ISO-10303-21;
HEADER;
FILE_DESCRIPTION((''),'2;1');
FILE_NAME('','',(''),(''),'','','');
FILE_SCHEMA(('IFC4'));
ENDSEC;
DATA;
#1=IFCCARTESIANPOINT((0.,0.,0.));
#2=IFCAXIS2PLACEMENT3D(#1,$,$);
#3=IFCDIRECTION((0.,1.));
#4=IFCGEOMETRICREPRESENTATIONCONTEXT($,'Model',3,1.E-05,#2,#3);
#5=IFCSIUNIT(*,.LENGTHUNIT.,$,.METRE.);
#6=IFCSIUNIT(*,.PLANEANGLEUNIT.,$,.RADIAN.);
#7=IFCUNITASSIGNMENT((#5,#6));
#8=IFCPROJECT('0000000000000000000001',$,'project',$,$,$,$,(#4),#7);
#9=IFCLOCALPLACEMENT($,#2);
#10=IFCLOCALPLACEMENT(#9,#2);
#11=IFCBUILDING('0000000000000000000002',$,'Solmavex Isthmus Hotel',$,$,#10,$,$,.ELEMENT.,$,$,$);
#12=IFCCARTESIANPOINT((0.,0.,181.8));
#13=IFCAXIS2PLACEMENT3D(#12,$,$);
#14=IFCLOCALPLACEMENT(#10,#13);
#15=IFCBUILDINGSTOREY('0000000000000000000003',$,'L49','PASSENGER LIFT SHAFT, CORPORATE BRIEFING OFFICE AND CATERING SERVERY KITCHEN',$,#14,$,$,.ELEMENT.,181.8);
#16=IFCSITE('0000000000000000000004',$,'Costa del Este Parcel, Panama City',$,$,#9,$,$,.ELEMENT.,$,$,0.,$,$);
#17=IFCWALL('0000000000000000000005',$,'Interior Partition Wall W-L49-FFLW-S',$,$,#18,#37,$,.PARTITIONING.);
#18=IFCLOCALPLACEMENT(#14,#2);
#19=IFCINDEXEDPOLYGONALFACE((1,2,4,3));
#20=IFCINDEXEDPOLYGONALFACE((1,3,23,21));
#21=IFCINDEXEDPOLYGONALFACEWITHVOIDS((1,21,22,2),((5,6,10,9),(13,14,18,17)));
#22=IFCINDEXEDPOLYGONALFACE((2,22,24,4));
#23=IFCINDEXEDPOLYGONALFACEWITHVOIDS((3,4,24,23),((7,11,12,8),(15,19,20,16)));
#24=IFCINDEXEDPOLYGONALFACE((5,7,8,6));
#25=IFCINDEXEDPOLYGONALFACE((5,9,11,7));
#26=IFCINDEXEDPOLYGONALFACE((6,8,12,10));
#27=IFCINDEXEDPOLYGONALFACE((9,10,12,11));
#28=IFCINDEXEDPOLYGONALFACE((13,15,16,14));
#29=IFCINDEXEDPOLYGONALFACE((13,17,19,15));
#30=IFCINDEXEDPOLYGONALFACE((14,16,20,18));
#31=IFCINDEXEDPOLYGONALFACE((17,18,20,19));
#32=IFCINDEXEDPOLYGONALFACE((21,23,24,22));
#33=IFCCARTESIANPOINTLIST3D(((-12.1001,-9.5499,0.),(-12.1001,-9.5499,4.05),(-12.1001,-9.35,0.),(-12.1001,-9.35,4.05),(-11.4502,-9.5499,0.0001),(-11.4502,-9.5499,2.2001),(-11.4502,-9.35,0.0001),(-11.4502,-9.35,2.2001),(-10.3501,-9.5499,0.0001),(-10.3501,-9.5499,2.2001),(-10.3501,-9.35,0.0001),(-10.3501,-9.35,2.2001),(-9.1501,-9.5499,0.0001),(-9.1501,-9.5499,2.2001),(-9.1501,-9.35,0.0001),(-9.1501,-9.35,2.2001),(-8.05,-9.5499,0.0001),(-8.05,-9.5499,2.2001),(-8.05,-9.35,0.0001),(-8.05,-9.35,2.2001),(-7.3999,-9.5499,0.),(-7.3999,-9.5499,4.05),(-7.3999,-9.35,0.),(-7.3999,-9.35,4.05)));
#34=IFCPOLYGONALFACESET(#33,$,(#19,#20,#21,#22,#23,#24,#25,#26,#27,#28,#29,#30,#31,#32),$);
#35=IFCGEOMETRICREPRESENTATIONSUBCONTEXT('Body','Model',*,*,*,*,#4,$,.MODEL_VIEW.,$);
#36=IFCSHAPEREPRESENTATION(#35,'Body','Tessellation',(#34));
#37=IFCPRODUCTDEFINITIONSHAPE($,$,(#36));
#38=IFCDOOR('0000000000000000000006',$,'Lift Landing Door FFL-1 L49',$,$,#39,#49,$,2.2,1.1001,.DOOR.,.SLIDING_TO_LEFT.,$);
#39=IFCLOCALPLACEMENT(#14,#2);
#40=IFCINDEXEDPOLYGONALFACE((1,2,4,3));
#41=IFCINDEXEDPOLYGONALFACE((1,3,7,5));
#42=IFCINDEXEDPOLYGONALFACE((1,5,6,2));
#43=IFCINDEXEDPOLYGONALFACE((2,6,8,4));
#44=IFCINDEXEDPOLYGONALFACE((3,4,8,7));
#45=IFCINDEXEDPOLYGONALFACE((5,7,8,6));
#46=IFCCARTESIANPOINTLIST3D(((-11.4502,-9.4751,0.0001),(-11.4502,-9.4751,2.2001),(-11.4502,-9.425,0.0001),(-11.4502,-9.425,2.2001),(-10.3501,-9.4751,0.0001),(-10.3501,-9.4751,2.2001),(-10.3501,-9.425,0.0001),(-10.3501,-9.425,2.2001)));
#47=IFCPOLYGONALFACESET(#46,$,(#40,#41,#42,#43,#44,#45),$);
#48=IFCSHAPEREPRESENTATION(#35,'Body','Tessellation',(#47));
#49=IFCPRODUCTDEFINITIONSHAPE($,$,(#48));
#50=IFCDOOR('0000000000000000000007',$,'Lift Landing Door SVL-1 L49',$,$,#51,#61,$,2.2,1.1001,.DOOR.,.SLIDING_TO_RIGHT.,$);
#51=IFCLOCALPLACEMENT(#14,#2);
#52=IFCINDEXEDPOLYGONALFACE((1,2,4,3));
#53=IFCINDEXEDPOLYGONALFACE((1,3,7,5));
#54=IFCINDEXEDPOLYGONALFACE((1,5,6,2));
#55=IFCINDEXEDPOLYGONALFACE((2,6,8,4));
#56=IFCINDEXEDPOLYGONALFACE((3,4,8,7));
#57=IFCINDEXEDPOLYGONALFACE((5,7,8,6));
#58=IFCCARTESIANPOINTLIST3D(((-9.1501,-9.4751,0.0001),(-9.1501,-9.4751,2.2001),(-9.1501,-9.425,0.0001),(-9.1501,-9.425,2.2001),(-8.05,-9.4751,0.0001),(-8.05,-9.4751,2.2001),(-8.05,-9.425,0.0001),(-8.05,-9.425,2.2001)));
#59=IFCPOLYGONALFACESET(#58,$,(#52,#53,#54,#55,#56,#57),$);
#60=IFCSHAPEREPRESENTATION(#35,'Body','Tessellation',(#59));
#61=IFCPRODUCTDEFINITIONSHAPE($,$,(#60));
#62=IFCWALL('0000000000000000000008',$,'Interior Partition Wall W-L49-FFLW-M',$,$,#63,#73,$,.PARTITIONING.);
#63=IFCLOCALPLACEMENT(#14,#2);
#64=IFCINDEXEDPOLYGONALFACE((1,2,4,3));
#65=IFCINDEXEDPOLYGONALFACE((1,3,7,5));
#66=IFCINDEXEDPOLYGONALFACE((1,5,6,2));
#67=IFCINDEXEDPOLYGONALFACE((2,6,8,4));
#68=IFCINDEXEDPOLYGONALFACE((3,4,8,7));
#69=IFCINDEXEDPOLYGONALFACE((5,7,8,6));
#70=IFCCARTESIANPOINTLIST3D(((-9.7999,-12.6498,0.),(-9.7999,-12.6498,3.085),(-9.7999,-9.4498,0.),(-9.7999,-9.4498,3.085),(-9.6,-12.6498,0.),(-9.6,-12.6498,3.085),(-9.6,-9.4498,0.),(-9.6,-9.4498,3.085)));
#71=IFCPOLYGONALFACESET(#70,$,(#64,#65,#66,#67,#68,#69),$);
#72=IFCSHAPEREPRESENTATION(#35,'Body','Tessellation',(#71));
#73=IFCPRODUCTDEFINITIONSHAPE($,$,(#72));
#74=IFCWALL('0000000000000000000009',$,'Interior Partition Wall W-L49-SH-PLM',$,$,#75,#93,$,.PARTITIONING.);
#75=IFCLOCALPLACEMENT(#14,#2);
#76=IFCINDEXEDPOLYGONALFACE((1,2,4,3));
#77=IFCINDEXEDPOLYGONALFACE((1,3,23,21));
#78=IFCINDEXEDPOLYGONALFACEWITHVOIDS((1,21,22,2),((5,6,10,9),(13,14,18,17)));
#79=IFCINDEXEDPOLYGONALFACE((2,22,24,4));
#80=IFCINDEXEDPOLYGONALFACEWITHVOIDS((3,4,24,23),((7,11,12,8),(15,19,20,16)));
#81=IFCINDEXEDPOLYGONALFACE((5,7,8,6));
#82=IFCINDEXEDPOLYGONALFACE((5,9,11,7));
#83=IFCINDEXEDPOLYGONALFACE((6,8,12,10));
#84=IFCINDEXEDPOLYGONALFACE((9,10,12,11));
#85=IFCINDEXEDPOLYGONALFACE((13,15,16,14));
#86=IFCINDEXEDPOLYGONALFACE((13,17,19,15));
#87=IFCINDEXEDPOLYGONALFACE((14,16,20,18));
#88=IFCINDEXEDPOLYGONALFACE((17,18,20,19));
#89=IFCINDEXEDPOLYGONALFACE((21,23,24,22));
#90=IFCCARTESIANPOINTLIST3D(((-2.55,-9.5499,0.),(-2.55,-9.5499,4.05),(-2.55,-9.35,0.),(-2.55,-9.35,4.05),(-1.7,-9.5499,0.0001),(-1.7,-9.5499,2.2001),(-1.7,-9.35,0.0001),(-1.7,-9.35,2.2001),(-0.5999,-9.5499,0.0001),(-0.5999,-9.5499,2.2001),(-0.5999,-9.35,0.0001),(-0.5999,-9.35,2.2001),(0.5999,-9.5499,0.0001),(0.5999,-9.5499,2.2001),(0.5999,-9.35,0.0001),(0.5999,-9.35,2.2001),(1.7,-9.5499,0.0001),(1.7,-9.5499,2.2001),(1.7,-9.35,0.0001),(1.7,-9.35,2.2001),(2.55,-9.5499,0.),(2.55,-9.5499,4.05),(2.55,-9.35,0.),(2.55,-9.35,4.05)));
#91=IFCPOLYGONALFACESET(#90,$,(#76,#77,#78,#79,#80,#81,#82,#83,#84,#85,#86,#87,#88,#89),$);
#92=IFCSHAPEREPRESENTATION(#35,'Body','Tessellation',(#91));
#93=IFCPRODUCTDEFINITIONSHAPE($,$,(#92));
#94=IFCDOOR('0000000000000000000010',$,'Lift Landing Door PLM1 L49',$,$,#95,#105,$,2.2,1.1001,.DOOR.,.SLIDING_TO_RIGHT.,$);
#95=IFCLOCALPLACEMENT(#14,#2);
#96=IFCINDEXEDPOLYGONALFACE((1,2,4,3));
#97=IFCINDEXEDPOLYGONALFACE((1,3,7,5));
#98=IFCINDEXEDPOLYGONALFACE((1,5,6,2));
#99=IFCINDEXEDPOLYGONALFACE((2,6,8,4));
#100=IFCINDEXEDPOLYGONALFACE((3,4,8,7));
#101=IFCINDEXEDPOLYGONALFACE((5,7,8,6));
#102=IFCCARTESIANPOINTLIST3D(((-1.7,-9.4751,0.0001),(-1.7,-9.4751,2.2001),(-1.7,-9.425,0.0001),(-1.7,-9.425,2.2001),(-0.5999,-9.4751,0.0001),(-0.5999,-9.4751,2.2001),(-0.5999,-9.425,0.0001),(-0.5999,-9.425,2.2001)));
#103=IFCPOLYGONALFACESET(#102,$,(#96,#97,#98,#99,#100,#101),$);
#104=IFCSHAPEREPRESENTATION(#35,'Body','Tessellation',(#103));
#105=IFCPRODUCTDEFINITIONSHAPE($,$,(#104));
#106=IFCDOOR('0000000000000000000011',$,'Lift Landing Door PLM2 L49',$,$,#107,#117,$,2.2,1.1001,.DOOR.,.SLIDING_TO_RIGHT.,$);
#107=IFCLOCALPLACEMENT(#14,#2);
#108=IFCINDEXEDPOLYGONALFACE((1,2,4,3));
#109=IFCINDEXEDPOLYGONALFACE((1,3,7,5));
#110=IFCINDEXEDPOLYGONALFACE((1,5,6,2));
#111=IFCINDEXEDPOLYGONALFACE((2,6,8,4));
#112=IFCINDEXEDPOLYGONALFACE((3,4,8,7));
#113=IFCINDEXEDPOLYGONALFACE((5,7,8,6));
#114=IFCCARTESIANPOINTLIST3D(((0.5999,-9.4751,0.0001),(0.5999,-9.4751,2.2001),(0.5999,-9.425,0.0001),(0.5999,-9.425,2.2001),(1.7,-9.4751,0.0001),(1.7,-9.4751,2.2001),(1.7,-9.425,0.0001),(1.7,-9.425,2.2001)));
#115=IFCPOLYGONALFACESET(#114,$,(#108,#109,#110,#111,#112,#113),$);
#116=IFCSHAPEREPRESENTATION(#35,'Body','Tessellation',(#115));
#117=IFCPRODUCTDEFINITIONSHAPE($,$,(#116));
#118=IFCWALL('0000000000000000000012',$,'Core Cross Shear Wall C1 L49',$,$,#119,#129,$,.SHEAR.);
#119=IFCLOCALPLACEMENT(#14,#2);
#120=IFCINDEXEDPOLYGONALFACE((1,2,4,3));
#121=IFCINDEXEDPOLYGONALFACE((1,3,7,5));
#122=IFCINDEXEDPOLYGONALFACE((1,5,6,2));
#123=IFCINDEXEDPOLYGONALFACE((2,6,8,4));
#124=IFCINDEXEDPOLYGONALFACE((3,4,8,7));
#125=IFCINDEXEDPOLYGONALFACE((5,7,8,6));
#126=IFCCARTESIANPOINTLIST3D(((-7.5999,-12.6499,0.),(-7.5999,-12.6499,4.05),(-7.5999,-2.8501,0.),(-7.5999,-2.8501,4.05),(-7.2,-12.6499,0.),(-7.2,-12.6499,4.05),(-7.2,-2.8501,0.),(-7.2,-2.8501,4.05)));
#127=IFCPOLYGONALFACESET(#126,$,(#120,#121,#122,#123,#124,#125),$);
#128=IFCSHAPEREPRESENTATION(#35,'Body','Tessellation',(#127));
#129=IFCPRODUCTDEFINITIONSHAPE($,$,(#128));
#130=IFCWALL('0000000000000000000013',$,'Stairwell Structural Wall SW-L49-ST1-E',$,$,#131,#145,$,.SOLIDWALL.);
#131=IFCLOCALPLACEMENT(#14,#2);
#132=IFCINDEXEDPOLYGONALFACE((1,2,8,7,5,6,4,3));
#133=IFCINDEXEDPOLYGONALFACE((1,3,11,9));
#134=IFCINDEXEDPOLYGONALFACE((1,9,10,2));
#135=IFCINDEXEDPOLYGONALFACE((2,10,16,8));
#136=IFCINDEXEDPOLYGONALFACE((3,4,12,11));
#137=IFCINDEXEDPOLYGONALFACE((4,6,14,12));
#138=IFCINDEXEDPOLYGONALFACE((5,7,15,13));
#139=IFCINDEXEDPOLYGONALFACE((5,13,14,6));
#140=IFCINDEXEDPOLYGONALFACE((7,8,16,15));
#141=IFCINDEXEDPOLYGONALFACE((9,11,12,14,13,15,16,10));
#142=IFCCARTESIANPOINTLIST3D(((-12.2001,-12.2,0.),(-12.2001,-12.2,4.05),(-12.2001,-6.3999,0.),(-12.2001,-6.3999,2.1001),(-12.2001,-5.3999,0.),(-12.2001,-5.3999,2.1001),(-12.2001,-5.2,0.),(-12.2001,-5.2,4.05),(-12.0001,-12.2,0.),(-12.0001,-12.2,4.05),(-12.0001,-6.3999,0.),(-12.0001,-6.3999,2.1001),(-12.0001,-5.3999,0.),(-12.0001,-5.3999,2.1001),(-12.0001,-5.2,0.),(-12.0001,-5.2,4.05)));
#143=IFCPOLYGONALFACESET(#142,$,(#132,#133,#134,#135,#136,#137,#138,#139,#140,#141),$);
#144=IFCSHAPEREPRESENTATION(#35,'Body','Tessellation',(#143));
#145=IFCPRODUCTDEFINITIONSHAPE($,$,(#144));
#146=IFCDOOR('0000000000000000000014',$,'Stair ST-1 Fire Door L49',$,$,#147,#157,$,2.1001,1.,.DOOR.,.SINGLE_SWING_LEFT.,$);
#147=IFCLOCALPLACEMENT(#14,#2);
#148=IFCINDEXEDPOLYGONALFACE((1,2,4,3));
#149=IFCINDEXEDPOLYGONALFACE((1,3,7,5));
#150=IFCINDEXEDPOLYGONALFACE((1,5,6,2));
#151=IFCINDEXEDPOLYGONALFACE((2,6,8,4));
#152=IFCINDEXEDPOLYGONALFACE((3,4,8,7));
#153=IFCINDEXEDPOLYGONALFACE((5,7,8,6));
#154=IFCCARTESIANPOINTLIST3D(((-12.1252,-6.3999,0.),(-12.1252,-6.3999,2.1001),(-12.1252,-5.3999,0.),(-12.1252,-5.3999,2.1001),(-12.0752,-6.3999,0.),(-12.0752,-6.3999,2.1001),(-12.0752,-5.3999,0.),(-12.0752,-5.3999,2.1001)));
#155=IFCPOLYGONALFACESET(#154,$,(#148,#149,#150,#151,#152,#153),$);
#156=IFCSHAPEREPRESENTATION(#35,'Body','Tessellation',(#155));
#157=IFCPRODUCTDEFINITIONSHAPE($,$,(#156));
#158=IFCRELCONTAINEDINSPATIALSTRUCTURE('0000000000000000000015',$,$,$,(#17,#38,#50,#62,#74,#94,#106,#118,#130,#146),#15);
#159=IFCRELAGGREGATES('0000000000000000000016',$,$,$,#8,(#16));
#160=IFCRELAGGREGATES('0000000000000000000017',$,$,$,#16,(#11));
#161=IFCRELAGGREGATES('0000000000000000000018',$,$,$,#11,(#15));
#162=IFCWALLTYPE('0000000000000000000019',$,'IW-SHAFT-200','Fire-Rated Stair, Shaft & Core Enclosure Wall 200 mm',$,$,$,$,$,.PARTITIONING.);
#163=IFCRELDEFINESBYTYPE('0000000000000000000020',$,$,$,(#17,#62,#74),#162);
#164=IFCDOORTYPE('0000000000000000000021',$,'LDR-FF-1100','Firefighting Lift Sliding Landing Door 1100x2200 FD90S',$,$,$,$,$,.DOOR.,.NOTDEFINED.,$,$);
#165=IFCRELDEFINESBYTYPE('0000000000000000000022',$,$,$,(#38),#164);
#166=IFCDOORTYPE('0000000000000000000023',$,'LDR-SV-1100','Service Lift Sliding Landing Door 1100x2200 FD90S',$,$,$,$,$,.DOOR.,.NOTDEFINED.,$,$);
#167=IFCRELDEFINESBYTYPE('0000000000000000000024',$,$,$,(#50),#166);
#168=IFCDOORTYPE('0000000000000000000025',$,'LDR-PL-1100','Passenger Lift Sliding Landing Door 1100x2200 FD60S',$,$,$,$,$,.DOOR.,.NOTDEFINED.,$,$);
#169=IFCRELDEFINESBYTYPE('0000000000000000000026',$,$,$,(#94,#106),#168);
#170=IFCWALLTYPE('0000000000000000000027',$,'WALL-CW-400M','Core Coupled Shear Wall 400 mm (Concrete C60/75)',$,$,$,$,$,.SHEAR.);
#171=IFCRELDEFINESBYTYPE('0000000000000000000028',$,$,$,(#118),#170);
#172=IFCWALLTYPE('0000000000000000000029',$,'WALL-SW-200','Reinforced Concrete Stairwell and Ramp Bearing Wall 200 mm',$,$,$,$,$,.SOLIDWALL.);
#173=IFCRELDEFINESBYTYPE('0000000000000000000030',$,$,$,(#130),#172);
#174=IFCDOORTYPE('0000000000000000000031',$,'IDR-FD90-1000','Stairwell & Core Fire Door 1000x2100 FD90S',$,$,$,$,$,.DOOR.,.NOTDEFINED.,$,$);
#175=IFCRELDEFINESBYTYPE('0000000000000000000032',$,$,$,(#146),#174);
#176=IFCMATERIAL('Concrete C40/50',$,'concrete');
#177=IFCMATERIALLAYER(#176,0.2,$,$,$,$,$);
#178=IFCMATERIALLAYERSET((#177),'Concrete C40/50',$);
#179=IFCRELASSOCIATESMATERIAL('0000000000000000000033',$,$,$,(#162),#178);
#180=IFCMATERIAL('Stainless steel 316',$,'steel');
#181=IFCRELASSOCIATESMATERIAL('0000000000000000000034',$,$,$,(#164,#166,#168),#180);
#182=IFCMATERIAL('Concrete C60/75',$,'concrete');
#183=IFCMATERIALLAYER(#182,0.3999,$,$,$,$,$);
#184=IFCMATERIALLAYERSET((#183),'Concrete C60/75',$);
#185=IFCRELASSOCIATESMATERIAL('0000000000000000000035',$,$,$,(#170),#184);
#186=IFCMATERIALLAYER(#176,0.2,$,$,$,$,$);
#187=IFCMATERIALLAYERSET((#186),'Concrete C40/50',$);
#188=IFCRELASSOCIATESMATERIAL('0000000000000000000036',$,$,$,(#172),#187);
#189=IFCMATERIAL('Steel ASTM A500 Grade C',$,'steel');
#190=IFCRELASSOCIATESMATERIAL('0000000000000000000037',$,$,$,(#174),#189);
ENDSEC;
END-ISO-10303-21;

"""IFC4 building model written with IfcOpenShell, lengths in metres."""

from ifc_helpers import new_model, si_unit, direction, frame, frame_2d, origin, place, context, subcontext, project, spatial, rectangle, extrude, material, layer, layer_set, type_object, element, fill, save


model = new_model("IFC4")

# Units and contexts
model_context = context("Model", 3, precision=1e-05, world=origin(), true_north=direction((0.0, 1.0)))
body_context = subcontext(model_context, "Body", "Model", "MODEL_VIEW")
ifc_project = project(units=[si_unit("LENGTHUNIT", "METRE"), si_unit("PLANEANGLEUNIT", "RADIAN")], contexts=[model_context])

# Site, building, storey
site_placement = place(None, origin())
site = spatial("IfcSite", under=ifc_project, at=site_placement, Name="Costa del Este Parcel, Panama City", CompositionType="ELEMENT", RefElevation=0.0)
building_placement = place(site_placement, origin())
building = spatial("IfcBuilding", under=site, at=building_placement, Name="Solmavex Isthmus Hotel", CompositionType="ELEMENT")
storey_placement = place(building_placement, frame((0.0, 0.0, 181.8)))
storey = spatial("IfcBuildingStorey", under=building, at=storey_placement, Name="L49", Description="PASSENGER LIFT SHAFT, CORPORATE BRIEFING OFFICE AND CATERING SERVERY KITCHEN", CompositionType="ELEMENT", Elevation=181.8)

# Shared definitions
ifc_material_1 = material(Name="Concrete C60/75", Category="concrete")

# Shared definitions
ifc_material_2 = material(Name="Concrete C40/50", Category="concrete")

# Shared definitions
ifc_layer_1 = layer(ifc_material_2, 0.2)
ifc_layer_set_1 = layer_set([ifc_layer_1], Name="Concrete C40/50")
wall_type_1 = type_object("IfcWallType", Name="IW-SHAFT-200", Description="Fire-Rated Stair, Shaft & Core Enclosure Wall 200 mm", PredefinedType="PARTITIONING", material=ifc_layer_set_1)
ifc_material_3 = material(Name="Steel ASTM A500 Grade C", Category="steel")

# Wall, openings, doors
wall_1_placement = place(storey_placement, frame((-12.1001, -9.45, 0.0), z_axis=(0.0, 0.0, 1.0), x_axis=(1.0, 0.0, 0.0)))
wall_1 = element("IfcWall", 1, at=wall_1_placement, inside=storey, type_object=wall_type_1, Name="Interior Partition Wall W-L49-FFLW-S", PredefinedType="PARTITIONING", context=body_context, shape_type="SweptSolid", body=[
    extrude(rectangle(XDim=4.7002, YDim=0.2, at=frame_2d((2.3501, 0.0))), origin(), (0.0, 0.0, 1.0), 4.05),
])
opening_1_placement = place(wall_1_placement, frame((0.6499, 0.0, 0.0)))
opening_1 = element("IfcOpeningElement", 2, at=opening_1_placement, cuts=wall_1, PredefinedType="OPENING", context=body_context, shape_type="SweptSolid", body=[
    extrude(rectangle(XDim=1.1001, YDim=2.2, at=frame_2d((0.55, 1.1001))), frame((0.0, 0.1099, 0.0), z_axis=(0.0, -1.0, 0.0), x_axis=(1.0, 0.0, 0.0)), (0.0, 0.0, 1.0), 0.22),
])
opening_2_placement = place(wall_1_placement, frame((2.95, 0.0, 0.0)))
opening_2 = element("IfcOpeningElement", 3, at=opening_2_placement, cuts=wall_1, PredefinedType="OPENING", context=body_context, shape_type="SweptSolid", body=[
    extrude(rectangle(XDim=1.1001, YDim=2.2, at=frame_2d((0.55, 1.1001))), frame((0.0, 0.1099, 0.0), z_axis=(0.0, -1.0, 0.0), x_axis=(1.0, 0.0, 0.0)), (0.0, 0.0, 1.0), 0.22),
])
ifc_material_4 = material(Name="Stainless steel 316", Category="steel")
door_type_1 = type_object("IfcDoorType", Name="LDR-FF-1100", Description="Firefighting Lift Sliding Landing Door 1100x2200 FD90S", OperationType="NOTDEFINED", PredefinedType="DOOR", material=ifc_material_4)
door_1_placement = place(opening_1_placement, origin())
door_1 = element("IfcDoor", 4, at=door_1_placement, inside=storey, type_object=door_type_1, Name="Lift Landing Door FFL-1 L49", OperationType="SLIDING_TO_LEFT", OverallHeight=2.2, OverallWidth=1.1001, PredefinedType="DOOR", context=body_context, shape_type="SweptSolid", body=[
    extrude(rectangle(XDim=1.1001, YDim=2.2, at=frame_2d((0.55, 1.1001))), frame((0.0, 0.0249, 0.0), z_axis=(0.0, -1.0, 0.0), x_axis=(1.0, 0.0, 0.0)), (0.0, 0.0, 1.0), 0.05),
])
fill(opening_1, door_1)
door_type_2 = type_object("IfcDoorType", Name="LDR-SV-1100", Description="Service Lift Sliding Landing Door 1100x2200 FD90S", OperationType="NOTDEFINED", PredefinedType="DOOR", material=ifc_material_4)
door_2_placement = place(opening_2_placement, origin())
door_2 = element("IfcDoor", 5, at=door_2_placement, inside=storey, type_object=door_type_2, Name="Lift Landing Door SVL-1 L49", OperationType="SLIDING_TO_RIGHT", OverallHeight=2.2, OverallWidth=1.1001, PredefinedType="DOOR", context=body_context, shape_type="SweptSolid", body=[
    extrude(rectangle(XDim=1.1001, YDim=2.2, at=frame_2d((0.55, 1.1001))), frame((0.0, 0.0249, 0.0), z_axis=(0.0, -1.0, 0.0), x_axis=(1.0, 0.0, 0.0)), (0.0, 0.0, 1.0), 0.05),
])
fill(opening_2, door_2)

# Wall
wall_2_placement = place(storey_placement, frame((-9.7, -12.6499, 0.0), z_axis=(0.0, 0.0, 1.0), x_axis=(0.0, 1.0, 0.0)))
element("IfcWall", 6, at=wall_2_placement, inside=storey, type_object=wall_type_1, Name="Interior Partition Wall W-L49-FFLW-M", PredefinedType="PARTITIONING", context=body_context, shape_type="SweptSolid", body=[
    extrude(rectangle(XDim=3.2, YDim=0.2, at=frame_2d((1.6001, 0.0))), origin(), (0.0, 0.0, 1.0), 3.085),
])

# Wall, openings, doors
wall_3_placement = place(storey_placement, frame((-2.55, -9.45, 0.0), z_axis=(0.0, 0.0, 1.0), x_axis=(1.0, 0.0, 0.0)))
wall_3 = element("IfcWall", 7, at=wall_3_placement, inside=storey, type_object=wall_type_1, Name="Interior Partition Wall W-L49-SH-PLM", PredefinedType="PARTITIONING", context=body_context, shape_type="SweptSolid", body=[
    extrude(rectangle(XDim=5.1001, YDim=0.2, at=frame_2d((2.55, 0.0))), origin(), (0.0, 0.0, 1.0), 4.05),
])
opening_3_placement = place(wall_3_placement, frame((0.8501, 0.0, 0.0)))
opening_3 = element("IfcOpeningElement", 8, at=opening_3_placement, cuts=wall_3, PredefinedType="OPENING", context=body_context, shape_type="SweptSolid", body=[
    extrude(rectangle(XDim=1.1001, YDim=2.2, at=frame_2d((0.55, 1.1001))), frame((0.0, 0.1099, 0.0), z_axis=(0.0, -1.0, 0.0), x_axis=(1.0, 0.0, 0.0)), (0.0, 0.0, 1.0), 0.22),
])
opening_4_placement = place(wall_3_placement, frame((3.1499, 0.0, 0.0)))
opening_4 = element("IfcOpeningElement", 9, at=opening_4_placement, cuts=wall_3, PredefinedType="OPENING", context=body_context, shape_type="SweptSolid", body=[
    extrude(rectangle(XDim=1.1001, YDim=2.2, at=frame_2d((0.55, 1.1001))), frame((0.0, 0.1099, 0.0), z_axis=(0.0, -1.0, 0.0), x_axis=(1.0, 0.0, 0.0)), (0.0, 0.0, 1.0), 0.22),
])
door_type_3 = type_object("IfcDoorType", Name="LDR-PL-1100", Description="Passenger Lift Sliding Landing Door 1100x2200 FD60S", OperationType="NOTDEFINED", PredefinedType="DOOR", material=ifc_material_4)
door_3_placement = place(opening_3_placement, origin())
door_3 = element("IfcDoor", 10, at=door_3_placement, inside=storey, type_object=door_type_3, Name="Lift Landing Door PLM1 L49", OperationType="SLIDING_TO_RIGHT", OverallHeight=2.2, OverallWidth=1.1001, PredefinedType="DOOR", context=body_context, shape_type="SweptSolid", body=[
    extrude(rectangle(XDim=1.1001, YDim=2.2, at=frame_2d((0.55, 1.1001))), frame((0.0, 0.0249, 0.0), z_axis=(0.0, -1.0, 0.0), x_axis=(1.0, 0.0, 0.0)), (0.0, 0.0, 1.0), 0.05),
])
fill(opening_3, door_3)
door_4_placement = place(opening_4_placement, origin())
door_4 = element("IfcDoor", 11, at=door_4_placement, inside=storey, type_object=door_type_3, Name="Lift Landing Door PLM2 L49", OperationType="SLIDING_TO_RIGHT", OverallHeight=2.2, OverallWidth=1.1001, PredefinedType="DOOR", context=body_context, shape_type="SweptSolid", body=[
    extrude(rectangle(XDim=1.1001, YDim=2.2, at=frame_2d((0.55, 1.1001))), frame((0.0, 0.0249, 0.0), z_axis=(0.0, -1.0, 0.0), x_axis=(1.0, 0.0, 0.0)), (0.0, 0.0, 1.0), 0.05),
])
fill(opening_4, door_4)

# Wall
ifc_layer_2 = layer(ifc_material_1, 0.3999)
ifc_layer_set_2 = layer_set([ifc_layer_2], Name="Concrete C60/75")
wall_type_2 = type_object("IfcWallType", Name="WALL-CW-400M", Description="Core Coupled Shear Wall 400 mm (Concrete C60/75)", PredefinedType="SHEAR", material=ifc_layer_set_2)
wall_4_placement = place(storey_placement, frame((-7.3999, -12.6499, 0.0), z_axis=(0.0, 0.0, 1.0), x_axis=(0.0, 1.0, 0.0)))
element("IfcWall", 12, at=wall_4_placement, inside=storey, type_object=wall_type_2, Name="Core Cross Shear Wall C1 L49", PredefinedType="SHEAR", context=body_context, shape_type="SweptSolid", body=[
    extrude(rectangle(XDim=9.7998, YDim=0.3999, at=frame_2d((4.8999, 0.0))), origin(), (0.0, 0.0, 1.0), 4.05),
])

# Wall, opening, door
ifc_layer_3 = layer(ifc_material_2, 0.2)
ifc_layer_set_3 = layer_set([ifc_layer_3], Name="Concrete C40/50")
wall_type_3 = type_object("IfcWallType", Name="WALL-SW-200", Description="Reinforced Concrete Stairwell and Ramp Bearing Wall 200 mm", PredefinedType="SOLIDWALL", material=ifc_layer_set_3)
wall_5_placement = place(storey_placement, frame((-12.1001, -12.2, 0.0), z_axis=(0.0, 0.0, 1.0), x_axis=(0.0, 1.0, 0.0)))
wall_5 = element("IfcWall", 13, at=wall_5_placement, inside=storey, type_object=wall_type_3, Name="Stairwell Structural Wall SW-L49-ST1-E", PredefinedType="SOLIDWALL", context=body_context, shape_type="SweptSolid", body=[
    extrude(rectangle(XDim=7.0, YDim=0.2, at=frame_2d((3.5, 0.0))), origin(), (0.0, 0.0, 1.0), 4.05),
])
opening_5_placement = place(wall_5_placement, frame((5.8, 0.0, 0.0)))
opening_5 = element("IfcOpeningElement", 14, at=opening_5_placement, cuts=wall_5, PredefinedType="OPENING", context=body_context, shape_type="SweptSolid", body=[
    extrude(rectangle(XDim=1.0, YDim=2.1001, at=frame_2d((0.5, 1.05))), frame((0.0, 0.1099, 0.0), z_axis=(0.0, -1.0, 0.0), x_axis=(1.0, 0.0, 0.0)), (0.0, 0.0, 1.0), 0.22),
])
door_type_4 = type_object("IfcDoorType", Name="IDR-FD90-1000", Description="Stairwell & Core Fire Door 1000x2100 FD90S", OperationType="NOTDEFINED", PredefinedType="DOOR", material=ifc_material_3)
door_5_placement = place(opening_5_placement, frame((1.0, 0.0, 0.0), z_axis=(0.0, 0.0, 1.0), x_axis=(-1.0, 0.0, 0.0)))
door_5 = element("IfcDoor", 15, at=door_5_placement, inside=storey, type_object=door_type_4, Name="Stair ST-1 Fire Door L49", OperationType="SINGLE_SWING_LEFT", OverallHeight=2.1001, OverallWidth=1.0, PredefinedType="DOOR", context=body_context, shape_type="SweptSolid", body=[
    extrude(rectangle(XDim=1.0, YDim=2.1001, at=frame_2d((0.5, 1.05))), frame((0.0, 0.0249, 0.0), z_axis=(0.0, -1.0, 0.0), x_axis=(1.0, 0.0, 0.0)), (0.0, 0.0, 1.0), 0.05),
])
fill(opening_5, door_5)

save(model, "model.ifc")
